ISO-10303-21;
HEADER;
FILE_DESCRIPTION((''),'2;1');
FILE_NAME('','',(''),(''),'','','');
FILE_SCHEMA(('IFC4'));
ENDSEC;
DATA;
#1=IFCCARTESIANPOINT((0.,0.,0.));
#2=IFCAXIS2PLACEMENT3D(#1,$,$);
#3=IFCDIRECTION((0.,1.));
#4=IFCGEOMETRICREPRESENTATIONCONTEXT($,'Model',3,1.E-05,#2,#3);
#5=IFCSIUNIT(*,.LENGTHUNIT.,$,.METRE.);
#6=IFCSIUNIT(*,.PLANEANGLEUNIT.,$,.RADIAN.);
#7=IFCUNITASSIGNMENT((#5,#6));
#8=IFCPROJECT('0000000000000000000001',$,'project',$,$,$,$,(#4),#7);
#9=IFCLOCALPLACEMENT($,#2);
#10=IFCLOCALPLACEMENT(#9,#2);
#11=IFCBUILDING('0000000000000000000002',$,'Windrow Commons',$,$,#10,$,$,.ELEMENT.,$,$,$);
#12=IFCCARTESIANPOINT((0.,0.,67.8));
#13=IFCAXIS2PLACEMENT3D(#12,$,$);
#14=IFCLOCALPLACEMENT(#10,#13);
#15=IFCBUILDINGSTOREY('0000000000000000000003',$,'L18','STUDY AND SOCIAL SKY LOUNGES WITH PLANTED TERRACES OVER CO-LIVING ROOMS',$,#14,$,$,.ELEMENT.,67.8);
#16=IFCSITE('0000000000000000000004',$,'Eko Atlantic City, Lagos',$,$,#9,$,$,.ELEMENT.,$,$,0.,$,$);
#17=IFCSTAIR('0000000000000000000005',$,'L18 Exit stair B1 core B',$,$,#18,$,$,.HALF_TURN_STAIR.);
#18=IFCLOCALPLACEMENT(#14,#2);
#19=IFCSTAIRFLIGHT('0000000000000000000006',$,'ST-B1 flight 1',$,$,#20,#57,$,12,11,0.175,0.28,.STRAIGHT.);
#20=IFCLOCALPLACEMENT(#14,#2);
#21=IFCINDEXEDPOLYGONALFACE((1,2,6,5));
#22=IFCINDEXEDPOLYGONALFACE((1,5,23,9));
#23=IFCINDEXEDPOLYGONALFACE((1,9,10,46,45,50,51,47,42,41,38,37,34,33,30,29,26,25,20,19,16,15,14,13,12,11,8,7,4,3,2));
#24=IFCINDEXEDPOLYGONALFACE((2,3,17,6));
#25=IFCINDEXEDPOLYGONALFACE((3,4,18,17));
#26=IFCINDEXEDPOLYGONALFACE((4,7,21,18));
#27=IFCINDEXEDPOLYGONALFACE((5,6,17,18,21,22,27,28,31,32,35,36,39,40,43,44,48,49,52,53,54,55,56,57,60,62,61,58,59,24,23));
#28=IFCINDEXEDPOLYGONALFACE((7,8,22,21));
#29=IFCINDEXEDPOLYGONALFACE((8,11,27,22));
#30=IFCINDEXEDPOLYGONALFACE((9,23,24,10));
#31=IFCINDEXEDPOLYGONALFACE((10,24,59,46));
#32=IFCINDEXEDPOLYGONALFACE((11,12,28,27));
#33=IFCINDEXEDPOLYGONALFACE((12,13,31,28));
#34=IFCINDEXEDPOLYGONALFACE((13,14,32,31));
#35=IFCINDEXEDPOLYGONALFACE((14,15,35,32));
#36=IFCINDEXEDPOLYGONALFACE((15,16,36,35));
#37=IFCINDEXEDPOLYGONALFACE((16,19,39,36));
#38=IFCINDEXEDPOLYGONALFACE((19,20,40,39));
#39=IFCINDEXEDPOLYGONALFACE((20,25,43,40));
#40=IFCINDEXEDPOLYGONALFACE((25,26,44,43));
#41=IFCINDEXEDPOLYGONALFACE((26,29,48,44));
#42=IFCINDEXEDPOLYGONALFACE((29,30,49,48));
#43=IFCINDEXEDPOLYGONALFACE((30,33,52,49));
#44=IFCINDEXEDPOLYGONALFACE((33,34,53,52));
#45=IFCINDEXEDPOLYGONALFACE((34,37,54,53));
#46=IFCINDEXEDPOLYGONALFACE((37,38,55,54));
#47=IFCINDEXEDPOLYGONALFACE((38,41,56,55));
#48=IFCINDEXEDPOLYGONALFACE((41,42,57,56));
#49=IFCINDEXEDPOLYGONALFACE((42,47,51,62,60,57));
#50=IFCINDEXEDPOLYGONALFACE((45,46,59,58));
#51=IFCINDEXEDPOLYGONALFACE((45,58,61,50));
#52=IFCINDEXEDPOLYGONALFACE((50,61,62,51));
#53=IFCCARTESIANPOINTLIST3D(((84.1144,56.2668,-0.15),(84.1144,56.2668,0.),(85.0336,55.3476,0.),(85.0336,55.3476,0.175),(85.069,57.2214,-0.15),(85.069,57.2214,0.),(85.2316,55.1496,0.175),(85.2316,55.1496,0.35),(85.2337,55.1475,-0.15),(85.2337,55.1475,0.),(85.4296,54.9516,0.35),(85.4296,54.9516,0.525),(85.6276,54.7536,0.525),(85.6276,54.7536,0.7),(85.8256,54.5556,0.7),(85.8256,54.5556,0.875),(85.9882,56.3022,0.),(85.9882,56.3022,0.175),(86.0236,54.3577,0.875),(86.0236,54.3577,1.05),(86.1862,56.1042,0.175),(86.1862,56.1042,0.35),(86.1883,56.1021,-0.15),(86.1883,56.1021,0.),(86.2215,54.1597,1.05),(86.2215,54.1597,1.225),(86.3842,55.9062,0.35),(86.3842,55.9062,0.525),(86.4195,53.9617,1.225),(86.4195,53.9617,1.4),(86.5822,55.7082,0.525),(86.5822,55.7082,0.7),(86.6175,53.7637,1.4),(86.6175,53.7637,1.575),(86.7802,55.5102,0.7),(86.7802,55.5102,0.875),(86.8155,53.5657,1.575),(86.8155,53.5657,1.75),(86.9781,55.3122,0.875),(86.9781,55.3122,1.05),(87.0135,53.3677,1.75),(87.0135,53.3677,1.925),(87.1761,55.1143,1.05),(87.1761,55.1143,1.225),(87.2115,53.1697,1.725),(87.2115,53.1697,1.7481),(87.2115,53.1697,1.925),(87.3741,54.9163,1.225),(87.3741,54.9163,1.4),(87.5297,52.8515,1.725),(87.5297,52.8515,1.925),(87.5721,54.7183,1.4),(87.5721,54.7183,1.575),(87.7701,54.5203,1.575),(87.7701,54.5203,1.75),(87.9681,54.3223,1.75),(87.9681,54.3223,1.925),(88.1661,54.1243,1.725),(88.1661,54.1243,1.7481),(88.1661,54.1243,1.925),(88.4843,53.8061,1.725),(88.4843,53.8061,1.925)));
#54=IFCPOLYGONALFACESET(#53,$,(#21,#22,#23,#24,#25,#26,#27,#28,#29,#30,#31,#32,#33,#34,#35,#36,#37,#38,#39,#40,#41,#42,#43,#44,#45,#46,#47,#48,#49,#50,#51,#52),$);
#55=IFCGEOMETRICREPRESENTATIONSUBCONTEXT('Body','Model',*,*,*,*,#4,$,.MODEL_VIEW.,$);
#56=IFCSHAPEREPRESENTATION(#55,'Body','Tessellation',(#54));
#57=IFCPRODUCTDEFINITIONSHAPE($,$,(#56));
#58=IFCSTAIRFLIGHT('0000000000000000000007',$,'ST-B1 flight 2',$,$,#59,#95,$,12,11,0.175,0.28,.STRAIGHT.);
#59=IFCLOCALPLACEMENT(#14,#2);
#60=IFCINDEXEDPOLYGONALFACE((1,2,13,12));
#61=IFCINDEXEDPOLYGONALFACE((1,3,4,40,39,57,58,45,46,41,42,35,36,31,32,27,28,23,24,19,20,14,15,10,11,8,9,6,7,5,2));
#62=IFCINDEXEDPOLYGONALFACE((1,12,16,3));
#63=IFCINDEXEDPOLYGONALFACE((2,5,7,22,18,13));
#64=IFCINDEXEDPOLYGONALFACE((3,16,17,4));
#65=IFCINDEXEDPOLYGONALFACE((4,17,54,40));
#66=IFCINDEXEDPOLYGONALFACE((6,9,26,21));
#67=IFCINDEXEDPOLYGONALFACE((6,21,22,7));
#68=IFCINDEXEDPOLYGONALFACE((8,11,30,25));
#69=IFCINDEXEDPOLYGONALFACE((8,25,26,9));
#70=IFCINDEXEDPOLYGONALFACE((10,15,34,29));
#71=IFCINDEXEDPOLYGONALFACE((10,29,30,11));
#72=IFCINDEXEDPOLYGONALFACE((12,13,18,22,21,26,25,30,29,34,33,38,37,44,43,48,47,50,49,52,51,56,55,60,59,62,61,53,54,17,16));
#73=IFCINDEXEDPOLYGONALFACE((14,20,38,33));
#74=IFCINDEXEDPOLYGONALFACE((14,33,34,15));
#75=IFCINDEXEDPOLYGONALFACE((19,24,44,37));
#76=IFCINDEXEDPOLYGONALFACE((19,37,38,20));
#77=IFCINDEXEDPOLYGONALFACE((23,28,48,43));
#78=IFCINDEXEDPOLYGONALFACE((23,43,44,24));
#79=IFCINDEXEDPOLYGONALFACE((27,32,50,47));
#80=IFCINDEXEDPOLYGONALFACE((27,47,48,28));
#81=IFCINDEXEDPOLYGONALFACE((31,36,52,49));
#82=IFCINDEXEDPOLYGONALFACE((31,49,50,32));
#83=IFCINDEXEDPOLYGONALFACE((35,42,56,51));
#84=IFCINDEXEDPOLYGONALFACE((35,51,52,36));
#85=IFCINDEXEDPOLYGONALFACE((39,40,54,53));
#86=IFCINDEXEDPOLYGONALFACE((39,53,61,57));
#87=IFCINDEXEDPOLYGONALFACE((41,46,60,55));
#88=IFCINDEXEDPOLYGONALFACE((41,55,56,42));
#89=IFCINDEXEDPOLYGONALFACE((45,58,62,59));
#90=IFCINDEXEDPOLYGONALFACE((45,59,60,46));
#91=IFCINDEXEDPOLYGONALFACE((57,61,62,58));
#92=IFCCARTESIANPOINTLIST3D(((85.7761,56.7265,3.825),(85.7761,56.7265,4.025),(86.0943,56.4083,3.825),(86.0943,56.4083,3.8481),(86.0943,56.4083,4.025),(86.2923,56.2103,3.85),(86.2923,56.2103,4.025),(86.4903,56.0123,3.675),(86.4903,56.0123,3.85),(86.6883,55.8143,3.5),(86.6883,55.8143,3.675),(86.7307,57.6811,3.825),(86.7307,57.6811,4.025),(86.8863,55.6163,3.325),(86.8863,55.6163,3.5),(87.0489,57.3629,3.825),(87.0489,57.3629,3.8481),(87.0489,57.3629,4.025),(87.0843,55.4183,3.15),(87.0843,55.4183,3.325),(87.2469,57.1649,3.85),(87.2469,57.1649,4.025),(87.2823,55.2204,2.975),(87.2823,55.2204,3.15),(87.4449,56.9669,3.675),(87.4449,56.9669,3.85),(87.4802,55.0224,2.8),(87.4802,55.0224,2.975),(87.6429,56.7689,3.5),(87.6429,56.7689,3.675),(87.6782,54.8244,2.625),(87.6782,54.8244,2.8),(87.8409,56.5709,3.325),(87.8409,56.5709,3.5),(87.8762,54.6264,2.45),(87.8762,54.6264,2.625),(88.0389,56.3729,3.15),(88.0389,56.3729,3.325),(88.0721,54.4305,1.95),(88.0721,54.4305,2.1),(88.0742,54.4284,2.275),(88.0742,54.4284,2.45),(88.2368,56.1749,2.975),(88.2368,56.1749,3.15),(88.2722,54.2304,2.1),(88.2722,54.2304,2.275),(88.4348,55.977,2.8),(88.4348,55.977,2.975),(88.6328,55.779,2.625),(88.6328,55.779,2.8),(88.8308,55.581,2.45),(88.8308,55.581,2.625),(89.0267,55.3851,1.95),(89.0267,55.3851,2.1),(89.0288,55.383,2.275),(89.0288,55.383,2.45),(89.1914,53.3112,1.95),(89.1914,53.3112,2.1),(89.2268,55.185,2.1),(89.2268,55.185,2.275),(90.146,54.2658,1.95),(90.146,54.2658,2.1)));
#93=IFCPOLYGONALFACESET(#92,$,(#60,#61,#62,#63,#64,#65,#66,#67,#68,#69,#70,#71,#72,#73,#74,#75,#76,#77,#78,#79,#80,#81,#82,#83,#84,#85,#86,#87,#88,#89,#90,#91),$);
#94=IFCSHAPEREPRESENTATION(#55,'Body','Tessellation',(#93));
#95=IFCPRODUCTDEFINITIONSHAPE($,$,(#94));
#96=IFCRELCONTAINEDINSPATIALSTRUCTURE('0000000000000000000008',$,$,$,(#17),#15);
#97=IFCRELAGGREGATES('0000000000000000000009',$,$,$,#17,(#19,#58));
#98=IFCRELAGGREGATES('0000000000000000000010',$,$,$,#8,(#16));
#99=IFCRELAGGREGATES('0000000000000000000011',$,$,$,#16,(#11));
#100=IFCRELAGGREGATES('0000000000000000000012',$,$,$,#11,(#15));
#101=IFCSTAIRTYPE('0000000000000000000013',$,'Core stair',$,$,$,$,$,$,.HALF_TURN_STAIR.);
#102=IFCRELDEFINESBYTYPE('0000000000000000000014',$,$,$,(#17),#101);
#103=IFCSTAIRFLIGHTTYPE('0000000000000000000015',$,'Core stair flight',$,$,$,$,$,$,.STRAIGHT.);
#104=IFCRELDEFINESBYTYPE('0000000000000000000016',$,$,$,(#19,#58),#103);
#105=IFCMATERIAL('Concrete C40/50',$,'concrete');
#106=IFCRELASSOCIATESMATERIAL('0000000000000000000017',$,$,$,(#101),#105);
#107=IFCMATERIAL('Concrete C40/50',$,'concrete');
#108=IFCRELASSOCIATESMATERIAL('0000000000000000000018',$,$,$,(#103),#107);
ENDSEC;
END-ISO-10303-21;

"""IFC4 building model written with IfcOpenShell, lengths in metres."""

from ifc_helpers import new_model, si_unit, direction, frame, origin, place, context, subcontext, project, spatial, polyline, outline, extrude, material, type_object, element, aggregate, save


model = new_model("IFC4")

# Units and contexts
model_context = context("Model", 3, precision=1e-05, world=origin(), true_north=direction((0.0, 1.0)))
body_context = subcontext(model_context, "Body", "Model", "MODEL_VIEW")
ifc_project = project(units=[si_unit("LENGTHUNIT", "METRE"), si_unit("PLANEANGLEUNIT", "RADIAN")], contexts=[model_context])

# Site, building, storey
site_placement = place(None, origin())
site = spatial("IfcSite", under=ifc_project, at=site_placement, Name="Eko Atlantic City, Lagos", CompositionType="ELEMENT", RefElevation=0.0)
building_placement = place(site_placement, origin())
building = spatial("IfcBuilding", under=site, at=building_placement, Name="Windrow Commons", CompositionType="ELEMENT")
storey_placement = place(building_placement, frame((0.0, 0.0, 67.8)))
storey = spatial("IfcBuildingStorey", under=building, at=storey_placement, Name="L18", Description="STUDY AND SOCIAL SKY LOUNGES WITH PLANTED TERRACES OVER CO-LIVING ROOMS", CompositionType="ELEMENT", Elevation=67.8)

# Shared definitions
placement = place(storey_placement, origin())

# Stair, stair flights
ifc_material_1 = material(Name="Concrete C40/50", Category="concrete")
stair_type = type_object("IfcStairType", Name="Core stair", PredefinedType="HALF_TURN_STAIR", material=ifc_material_1)
stair = element("IfcStair", 1, at=placement, inside=storey, type_object=stair_type, Name="L18 Exit stair B1 core B", PredefinedType="HALF_TURN_STAIR")
ifc_material_2 = material(Name="Concrete C40/50", Category="concrete")
stair_flight_type = type_object("IfcStairFlightType", Name="Core stair flight", PredefinedType="STRAIGHT", material=ifc_material_2)
stair_flight_1_placement = place(storey_placement, frame((85.5109, 55.8249, 0.0), z_axis=(0.0, 0.0, 1.0), x_axis=(0.707107, -0.707107, 0.0)))
stair_flight_1 = element("IfcStairFlight", 2, at=stair_flight_1_placement, type_object=stair_flight_type, Name="ST-B1 flight 1", NumberOfRisers=12, NumberOfTreads=11, PredefinedType="STRAIGHT", RiserHeight=0.175, TreadLength=0.28, context=body_context, shape_type="SweptSolid", body=[
    extrude(outline(polyline([(-1.3, -0.15), (-1.3, 0.0), (0.0, 0.0), (0.0, 0.175), (0.28, 0.175), (0.28, 0.35), (0.56, 0.35), (0.56, 0.525), (0.84, 0.525), (0.84, 0.7), (1.12, 0.7), (1.12, 0.875), (1.4, 0.875), (1.4, 1.05), (1.68, 1.05), (1.68, 1.225), (1.96, 1.225), (1.96, 1.4), (2.24, 1.4), (2.24, 1.575), (2.52, 1.575), (2.52, 1.75), (2.8, 1.75), (2.8, 1.925), (3.08, 1.925), (3.53, 1.925), (3.53, 1.725), (3.08, 1.725), (3.08, 1.7481), (0.283, 0.0), (0.283, -0.15), (-1.3, -0.15)])), frame((0.0, 0.675, 0.0), z_axis=(0.0, -1.0, 0.0), x_axis=(1.0, 0.0, 0.0)), (0.0, 0.0, 1.0), 1.35),
])
stair_flight_2_placement = place(storey_placement, frame((88.7495, 54.7077, 2.1), z_axis=(0.0, 0.0, 1.0), x_axis=(-0.707107, 0.707107, 0.0)))
stair_flight_2 = element("IfcStairFlight", 3, at=stair_flight_2_placement, type_object=stair_flight_type, Name="ST-B1 flight 2", NumberOfRisers=12, NumberOfTreads=11, PredefinedType="STRAIGHT", RiserHeight=0.175, TreadLength=0.28, context=body_context, shape_type="SweptSolid", body=[
    extrude(outline(polyline([(-1.3, -0.15), (-1.3, 0.0), (0.0, 0.0), (0.0, 0.175), (0.28, 0.175), (0.28, 0.35), (0.56, 0.35), (0.56, 0.525), (0.84, 0.525), (0.84, 0.7), (1.12, 0.7), (1.12, 0.875), (1.4, 0.875), (1.4, 1.05), (1.68, 1.05), (1.68, 1.225), (1.96, 1.225), (1.96, 1.4), (2.24, 1.4), (2.24, 1.575), (2.52, 1.575), (2.52, 1.75), (2.8, 1.75), (2.8, 1.925), (3.08, 1.925), (3.53, 1.925), (3.53, 1.725), (3.08, 1.725), (3.08, 1.7481), (0.283, 0.0), (0.283, -0.15), (-1.3, -0.15)])), frame((0.0, 0.675, 0.0), z_axis=(0.0, -1.0, 0.0), x_axis=(1.0, 0.0, 0.0)), (0.0, 0.0, 1.0), 1.35),
])
aggregate(stair, [stair_flight_1, stair_flight_2])

save(model, "model.ifc")
